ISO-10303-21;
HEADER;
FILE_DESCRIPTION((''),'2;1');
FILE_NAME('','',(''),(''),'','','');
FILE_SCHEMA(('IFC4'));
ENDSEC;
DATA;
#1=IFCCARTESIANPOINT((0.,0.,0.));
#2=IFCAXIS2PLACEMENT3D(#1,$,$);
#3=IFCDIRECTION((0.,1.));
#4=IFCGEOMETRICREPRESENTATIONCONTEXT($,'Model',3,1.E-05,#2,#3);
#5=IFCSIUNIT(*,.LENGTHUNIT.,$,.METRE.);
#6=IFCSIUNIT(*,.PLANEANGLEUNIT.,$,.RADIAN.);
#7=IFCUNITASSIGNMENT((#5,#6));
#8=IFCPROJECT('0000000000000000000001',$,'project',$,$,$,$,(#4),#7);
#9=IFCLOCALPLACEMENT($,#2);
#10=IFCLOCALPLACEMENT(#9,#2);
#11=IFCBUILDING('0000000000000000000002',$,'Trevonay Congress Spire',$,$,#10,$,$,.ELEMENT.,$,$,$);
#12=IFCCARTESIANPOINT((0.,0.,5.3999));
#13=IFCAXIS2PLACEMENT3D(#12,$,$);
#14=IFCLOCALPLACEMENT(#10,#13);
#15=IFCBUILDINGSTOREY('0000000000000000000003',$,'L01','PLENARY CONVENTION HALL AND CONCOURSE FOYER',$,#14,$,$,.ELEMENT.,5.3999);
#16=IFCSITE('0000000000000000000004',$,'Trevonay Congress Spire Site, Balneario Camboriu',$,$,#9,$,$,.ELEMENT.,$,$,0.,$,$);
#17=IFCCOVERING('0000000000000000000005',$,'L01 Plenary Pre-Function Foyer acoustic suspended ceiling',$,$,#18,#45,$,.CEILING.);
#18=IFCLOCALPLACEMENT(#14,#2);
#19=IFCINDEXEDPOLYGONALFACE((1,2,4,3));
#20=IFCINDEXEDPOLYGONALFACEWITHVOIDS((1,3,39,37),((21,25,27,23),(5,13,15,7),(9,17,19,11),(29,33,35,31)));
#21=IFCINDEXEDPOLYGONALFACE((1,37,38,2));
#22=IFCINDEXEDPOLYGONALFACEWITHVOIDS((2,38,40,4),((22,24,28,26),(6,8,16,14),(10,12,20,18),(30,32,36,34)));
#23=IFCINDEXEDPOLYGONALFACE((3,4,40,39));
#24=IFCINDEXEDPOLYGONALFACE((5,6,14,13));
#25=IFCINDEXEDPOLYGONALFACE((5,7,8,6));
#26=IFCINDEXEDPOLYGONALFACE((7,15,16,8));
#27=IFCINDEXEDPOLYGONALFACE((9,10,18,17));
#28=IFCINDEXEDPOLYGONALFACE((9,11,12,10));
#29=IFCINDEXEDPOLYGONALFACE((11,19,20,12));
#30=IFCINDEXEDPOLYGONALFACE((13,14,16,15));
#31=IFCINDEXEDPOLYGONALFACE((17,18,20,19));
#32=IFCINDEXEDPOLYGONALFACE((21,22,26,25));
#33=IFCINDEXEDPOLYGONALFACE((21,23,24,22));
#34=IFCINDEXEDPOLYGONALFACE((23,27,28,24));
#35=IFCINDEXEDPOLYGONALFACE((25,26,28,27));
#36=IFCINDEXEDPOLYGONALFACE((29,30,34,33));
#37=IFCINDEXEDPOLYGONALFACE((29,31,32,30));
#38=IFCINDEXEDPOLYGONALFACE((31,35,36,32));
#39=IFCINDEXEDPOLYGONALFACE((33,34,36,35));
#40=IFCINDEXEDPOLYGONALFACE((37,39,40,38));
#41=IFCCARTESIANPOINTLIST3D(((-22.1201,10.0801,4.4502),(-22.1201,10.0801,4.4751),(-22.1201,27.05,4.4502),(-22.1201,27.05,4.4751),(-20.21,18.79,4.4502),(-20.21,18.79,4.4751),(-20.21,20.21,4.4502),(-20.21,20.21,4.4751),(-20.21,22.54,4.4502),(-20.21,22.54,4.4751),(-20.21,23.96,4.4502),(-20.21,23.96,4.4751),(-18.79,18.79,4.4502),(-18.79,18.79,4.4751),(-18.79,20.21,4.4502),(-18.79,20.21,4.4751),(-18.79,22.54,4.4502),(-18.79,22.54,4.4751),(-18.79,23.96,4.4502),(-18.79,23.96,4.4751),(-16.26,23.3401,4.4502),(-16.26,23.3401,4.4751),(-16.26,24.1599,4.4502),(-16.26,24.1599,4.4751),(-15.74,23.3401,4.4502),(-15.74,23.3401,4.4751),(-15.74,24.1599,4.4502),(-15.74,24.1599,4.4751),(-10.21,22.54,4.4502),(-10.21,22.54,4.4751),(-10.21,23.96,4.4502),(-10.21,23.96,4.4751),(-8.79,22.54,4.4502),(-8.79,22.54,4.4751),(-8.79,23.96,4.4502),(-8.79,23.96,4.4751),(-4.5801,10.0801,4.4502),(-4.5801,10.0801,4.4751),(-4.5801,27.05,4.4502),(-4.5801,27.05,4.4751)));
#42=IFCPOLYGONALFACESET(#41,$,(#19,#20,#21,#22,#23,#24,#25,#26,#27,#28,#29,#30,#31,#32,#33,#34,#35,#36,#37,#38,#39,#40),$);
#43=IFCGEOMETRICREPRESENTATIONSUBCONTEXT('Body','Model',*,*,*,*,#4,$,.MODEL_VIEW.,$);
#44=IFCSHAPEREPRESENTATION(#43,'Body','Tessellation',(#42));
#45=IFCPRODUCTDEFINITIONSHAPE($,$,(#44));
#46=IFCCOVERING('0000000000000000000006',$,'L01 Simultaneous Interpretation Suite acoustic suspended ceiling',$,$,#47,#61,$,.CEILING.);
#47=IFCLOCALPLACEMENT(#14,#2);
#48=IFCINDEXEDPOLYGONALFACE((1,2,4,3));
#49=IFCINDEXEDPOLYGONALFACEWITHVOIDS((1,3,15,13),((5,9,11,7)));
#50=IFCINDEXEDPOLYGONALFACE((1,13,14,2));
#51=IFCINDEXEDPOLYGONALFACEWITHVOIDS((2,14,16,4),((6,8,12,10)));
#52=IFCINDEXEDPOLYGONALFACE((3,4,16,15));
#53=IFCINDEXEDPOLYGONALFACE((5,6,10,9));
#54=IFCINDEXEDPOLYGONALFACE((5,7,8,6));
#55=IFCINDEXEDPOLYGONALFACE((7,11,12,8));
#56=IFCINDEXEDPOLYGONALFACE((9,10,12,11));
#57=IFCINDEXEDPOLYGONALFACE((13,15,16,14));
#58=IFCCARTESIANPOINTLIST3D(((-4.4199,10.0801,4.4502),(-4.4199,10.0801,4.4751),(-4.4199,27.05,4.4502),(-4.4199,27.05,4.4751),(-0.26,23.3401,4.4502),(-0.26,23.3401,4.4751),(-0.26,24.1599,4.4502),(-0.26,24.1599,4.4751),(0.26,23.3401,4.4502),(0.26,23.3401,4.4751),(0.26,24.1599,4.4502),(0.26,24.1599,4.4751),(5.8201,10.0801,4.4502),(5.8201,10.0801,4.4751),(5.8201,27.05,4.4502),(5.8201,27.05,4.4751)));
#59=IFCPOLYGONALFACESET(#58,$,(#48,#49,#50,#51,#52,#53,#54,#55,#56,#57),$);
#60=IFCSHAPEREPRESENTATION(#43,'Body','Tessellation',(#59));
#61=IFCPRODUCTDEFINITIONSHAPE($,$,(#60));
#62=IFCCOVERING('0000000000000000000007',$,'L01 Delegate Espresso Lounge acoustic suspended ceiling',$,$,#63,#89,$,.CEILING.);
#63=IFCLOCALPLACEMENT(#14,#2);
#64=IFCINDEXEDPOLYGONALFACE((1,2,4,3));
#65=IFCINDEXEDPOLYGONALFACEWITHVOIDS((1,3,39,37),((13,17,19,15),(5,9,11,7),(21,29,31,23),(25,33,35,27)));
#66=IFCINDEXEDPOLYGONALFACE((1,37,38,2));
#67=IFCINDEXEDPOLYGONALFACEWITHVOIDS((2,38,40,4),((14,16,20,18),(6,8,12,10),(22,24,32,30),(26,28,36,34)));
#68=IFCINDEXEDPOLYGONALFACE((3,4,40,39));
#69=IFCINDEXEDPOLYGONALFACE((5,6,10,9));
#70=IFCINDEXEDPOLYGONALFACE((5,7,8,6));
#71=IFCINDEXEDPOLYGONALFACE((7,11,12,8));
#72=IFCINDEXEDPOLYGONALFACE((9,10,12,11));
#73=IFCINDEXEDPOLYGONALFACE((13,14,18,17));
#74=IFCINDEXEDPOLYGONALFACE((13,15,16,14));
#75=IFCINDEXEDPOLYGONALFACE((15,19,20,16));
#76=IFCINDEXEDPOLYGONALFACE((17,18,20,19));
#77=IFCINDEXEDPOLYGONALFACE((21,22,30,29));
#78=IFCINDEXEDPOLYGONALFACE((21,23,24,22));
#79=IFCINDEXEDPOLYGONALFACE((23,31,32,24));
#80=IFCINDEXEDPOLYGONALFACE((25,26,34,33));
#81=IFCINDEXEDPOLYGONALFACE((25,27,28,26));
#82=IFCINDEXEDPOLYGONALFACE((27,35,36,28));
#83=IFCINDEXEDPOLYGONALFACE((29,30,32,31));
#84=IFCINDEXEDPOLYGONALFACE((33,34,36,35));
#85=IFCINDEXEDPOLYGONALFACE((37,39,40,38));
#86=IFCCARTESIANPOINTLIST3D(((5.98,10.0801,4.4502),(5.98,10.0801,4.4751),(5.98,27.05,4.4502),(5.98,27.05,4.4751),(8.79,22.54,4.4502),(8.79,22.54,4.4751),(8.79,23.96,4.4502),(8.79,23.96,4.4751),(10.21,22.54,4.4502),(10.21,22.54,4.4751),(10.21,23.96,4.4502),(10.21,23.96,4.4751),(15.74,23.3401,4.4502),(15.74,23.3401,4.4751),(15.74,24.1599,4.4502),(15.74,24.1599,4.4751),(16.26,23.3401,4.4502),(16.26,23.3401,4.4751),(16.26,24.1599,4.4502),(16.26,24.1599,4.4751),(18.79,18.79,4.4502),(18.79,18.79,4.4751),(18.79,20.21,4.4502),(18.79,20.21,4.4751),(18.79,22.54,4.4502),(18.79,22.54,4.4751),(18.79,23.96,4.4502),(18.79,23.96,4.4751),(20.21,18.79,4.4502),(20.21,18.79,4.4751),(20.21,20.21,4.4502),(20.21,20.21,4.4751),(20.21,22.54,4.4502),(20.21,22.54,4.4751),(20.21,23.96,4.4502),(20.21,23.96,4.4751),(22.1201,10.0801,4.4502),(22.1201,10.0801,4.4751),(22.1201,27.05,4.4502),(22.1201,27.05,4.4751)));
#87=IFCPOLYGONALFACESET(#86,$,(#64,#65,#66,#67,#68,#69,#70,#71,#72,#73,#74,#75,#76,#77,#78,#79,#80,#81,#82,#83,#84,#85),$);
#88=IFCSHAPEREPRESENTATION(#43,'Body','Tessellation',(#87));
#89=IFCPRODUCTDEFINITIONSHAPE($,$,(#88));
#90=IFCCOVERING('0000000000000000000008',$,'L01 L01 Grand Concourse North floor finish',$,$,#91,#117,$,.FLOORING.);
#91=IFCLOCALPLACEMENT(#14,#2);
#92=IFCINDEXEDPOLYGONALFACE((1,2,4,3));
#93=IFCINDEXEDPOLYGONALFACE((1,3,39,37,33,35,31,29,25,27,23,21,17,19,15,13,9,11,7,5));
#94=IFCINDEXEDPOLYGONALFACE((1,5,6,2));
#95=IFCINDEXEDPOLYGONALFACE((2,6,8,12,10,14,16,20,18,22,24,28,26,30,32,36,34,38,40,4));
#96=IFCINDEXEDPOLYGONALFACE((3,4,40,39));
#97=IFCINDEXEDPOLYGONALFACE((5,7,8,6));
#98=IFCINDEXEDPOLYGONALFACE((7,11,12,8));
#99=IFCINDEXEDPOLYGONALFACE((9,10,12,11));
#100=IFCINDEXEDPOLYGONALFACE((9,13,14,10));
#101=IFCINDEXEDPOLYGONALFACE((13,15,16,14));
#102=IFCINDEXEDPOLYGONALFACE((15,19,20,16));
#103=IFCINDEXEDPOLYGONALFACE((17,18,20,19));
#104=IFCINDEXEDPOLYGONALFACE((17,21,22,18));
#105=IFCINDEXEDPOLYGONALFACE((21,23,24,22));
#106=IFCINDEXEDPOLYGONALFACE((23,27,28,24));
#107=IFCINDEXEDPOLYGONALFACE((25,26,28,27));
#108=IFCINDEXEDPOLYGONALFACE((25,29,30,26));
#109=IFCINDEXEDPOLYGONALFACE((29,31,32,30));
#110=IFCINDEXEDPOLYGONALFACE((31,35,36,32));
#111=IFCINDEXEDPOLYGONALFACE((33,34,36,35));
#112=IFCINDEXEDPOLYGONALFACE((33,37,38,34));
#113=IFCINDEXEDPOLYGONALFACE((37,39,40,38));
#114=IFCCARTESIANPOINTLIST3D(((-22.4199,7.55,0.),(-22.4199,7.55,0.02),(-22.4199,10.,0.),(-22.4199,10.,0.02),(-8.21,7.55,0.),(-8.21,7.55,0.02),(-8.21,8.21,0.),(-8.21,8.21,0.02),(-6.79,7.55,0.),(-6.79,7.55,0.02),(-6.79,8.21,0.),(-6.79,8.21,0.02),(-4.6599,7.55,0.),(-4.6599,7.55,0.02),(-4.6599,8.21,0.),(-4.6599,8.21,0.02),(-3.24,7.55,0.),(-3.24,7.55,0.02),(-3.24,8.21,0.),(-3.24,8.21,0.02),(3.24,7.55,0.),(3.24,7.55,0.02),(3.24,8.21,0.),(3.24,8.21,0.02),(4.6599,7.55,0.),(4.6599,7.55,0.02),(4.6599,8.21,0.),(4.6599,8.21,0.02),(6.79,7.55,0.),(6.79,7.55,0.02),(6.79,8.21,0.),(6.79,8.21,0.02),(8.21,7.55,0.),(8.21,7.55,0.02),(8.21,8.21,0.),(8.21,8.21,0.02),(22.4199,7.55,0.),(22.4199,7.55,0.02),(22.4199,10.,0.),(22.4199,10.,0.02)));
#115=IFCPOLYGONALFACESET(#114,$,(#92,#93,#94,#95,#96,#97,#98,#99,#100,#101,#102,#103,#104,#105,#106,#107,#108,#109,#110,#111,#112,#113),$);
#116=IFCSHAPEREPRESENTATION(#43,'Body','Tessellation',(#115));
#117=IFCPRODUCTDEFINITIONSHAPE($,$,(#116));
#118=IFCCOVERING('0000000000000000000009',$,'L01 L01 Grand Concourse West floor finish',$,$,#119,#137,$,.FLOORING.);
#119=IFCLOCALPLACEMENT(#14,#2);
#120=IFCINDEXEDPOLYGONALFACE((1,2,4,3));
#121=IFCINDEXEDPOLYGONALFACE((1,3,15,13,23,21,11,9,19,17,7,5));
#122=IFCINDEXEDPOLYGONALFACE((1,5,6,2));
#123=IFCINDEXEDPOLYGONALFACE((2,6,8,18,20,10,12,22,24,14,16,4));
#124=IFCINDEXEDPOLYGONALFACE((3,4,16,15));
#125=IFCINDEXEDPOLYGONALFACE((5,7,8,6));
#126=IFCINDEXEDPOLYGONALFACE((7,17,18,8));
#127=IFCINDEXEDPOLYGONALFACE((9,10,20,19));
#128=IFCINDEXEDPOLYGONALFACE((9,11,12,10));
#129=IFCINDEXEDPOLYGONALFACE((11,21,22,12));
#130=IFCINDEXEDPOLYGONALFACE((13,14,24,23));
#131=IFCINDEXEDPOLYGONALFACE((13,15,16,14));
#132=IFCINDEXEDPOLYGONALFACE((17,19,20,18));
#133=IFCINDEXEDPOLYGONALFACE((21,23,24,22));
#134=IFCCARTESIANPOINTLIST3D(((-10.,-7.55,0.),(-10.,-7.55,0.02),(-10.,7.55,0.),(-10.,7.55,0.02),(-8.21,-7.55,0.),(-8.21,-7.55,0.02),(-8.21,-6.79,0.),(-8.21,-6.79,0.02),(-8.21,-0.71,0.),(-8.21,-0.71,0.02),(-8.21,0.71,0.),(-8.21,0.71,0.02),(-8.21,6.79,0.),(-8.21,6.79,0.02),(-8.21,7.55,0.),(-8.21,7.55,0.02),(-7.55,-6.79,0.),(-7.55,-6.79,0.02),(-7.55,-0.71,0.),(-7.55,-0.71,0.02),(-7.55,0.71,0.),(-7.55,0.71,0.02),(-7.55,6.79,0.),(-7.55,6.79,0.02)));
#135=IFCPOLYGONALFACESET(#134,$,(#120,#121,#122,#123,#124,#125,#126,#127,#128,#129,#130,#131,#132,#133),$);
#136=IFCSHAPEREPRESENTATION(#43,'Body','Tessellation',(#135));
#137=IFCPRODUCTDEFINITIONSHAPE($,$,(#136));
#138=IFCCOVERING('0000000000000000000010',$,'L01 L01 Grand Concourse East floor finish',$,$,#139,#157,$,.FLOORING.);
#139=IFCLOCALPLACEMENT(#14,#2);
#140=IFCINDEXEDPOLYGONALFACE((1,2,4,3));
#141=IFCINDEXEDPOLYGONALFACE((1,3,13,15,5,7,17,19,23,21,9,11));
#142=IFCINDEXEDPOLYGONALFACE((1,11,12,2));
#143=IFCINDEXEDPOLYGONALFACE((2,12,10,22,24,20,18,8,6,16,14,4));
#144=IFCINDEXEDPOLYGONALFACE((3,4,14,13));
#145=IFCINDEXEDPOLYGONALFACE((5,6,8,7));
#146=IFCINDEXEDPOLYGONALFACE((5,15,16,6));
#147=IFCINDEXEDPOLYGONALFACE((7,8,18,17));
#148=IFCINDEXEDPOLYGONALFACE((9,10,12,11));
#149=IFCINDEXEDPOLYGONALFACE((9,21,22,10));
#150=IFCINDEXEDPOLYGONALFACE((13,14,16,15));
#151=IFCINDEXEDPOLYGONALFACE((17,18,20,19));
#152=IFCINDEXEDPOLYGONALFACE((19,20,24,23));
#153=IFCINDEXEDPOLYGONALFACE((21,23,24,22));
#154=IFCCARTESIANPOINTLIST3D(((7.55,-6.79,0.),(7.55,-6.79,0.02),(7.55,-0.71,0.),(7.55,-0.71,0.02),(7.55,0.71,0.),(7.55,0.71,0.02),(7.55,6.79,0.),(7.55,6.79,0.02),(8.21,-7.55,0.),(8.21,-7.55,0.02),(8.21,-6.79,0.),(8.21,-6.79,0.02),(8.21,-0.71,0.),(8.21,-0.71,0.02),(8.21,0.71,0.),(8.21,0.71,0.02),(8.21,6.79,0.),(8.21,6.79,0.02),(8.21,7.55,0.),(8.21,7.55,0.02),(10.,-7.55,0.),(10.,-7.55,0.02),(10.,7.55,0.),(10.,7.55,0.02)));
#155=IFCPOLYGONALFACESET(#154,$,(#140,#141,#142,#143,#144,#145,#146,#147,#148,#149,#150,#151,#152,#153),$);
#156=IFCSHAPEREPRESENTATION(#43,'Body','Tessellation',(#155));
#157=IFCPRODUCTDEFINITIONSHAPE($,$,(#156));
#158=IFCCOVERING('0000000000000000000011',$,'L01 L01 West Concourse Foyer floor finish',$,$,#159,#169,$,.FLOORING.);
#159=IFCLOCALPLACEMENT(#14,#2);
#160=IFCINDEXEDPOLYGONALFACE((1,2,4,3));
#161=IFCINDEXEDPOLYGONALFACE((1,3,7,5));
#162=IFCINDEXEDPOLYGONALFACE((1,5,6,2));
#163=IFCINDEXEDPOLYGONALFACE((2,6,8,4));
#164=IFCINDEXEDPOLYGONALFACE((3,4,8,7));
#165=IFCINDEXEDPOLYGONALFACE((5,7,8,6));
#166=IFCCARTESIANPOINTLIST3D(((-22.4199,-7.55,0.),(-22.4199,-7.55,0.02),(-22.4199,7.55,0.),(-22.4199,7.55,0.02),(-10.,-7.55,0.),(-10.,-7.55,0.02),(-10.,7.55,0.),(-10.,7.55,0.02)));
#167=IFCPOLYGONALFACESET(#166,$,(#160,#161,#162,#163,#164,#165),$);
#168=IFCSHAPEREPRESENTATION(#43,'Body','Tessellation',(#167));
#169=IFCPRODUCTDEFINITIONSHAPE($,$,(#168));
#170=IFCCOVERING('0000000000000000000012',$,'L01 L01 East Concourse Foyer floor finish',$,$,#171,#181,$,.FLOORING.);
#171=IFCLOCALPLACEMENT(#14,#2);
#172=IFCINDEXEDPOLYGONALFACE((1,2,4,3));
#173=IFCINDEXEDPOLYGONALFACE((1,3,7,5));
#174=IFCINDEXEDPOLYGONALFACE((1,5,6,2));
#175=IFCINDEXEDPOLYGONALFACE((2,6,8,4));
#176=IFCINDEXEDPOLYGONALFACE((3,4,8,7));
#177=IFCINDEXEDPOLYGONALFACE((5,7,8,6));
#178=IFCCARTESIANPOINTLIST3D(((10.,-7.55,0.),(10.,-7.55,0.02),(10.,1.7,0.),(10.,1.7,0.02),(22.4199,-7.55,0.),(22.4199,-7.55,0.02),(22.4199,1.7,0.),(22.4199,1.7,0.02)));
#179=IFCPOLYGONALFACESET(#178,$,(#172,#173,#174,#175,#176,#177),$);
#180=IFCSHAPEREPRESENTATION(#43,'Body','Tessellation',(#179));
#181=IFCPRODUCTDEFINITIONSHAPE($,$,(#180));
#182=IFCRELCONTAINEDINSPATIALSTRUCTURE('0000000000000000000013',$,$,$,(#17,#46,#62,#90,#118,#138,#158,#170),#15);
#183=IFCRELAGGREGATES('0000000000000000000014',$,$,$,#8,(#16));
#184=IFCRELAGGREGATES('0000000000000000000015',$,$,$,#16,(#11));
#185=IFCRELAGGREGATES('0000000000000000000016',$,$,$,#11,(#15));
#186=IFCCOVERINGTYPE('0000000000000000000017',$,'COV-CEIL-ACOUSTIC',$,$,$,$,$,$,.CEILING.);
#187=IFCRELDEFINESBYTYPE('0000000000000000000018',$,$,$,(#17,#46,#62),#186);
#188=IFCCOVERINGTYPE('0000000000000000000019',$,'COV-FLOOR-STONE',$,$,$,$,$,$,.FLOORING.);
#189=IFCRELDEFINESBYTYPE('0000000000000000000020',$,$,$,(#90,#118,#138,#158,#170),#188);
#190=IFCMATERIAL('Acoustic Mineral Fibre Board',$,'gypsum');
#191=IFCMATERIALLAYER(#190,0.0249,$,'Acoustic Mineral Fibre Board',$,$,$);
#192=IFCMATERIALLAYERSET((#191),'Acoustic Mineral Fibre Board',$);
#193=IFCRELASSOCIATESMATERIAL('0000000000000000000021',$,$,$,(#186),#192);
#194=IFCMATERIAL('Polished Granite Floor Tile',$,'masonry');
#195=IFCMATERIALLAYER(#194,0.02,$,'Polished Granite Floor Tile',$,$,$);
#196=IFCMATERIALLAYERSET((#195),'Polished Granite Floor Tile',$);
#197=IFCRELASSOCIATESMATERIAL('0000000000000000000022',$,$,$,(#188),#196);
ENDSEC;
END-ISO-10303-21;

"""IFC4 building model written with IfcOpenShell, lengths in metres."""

from ifc_helpers import new_model, si_unit, direction, frame, origin, place, context, subcontext, project, spatial, polyline, outline, extrude, material, layer, layer_set, type_object, element, save


model = new_model("IFC4")

# Units and contexts
model_context = context("Model", 3, precision=1e-05, world=origin(), true_north=direction((0.0, 1.0)))
body_context = subcontext(model_context, "Body", "Model", "MODEL_VIEW")
ifc_project = project(units=[si_unit("LENGTHUNIT", "METRE"), si_unit("PLANEANGLEUNIT", "RADIAN")], contexts=[model_context])

# Site, building, storey
site_placement = place(None, origin())
site = spatial("IfcSite", under=ifc_project, at=site_placement, Name="Trevonay Congress Spire Site, Balneario Camboriu", CompositionType="ELEMENT", RefElevation=0.0)
building_placement = place(site_placement, origin())
building = spatial("IfcBuilding", under=site, at=building_placement, Name="Trevonay Congress Spire", CompositionType="ELEMENT")
storey_placement = place(building_placement, frame((0.0, 0.0, 5.3999)))
storey = spatial("IfcBuildingStorey", under=building, at=storey_placement, Name="L01", Description="PLENARY CONVENTION HALL AND CONCOURSE FOYER", CompositionType="ELEMENT", Elevation=5.3999)

# Coverings
ifc_material_1 = material(Name="Acoustic Mineral Fibre Board", Category="gypsum")
ifc_layer_1 = layer(ifc_material_1, 0.0249, Name="Acoustic Mineral Fibre Board")
ifc_layer_set_1 = layer_set([ifc_layer_1], Name="Acoustic Mineral Fibre Board")
covering_type_1 = type_object("IfcCoveringType", Name="COV-CEIL-ACOUSTIC", PredefinedType="CEILING", material=ifc_layer_set_1)
covering_1_placement = place(storey_placement, frame((0.0, 0.0, 4.4502)))
element("IfcCovering", 1, at=covering_1_placement, inside=storey, type_object=covering_type_1, Name="L01 Plenary Pre-Function Foyer acoustic suspended ceiling", PredefinedType="CEILING", context=body_context, shape_type="SweptSolid", body=[
    extrude(outline(polyline([(-22.1201, 27.05), (-4.5801, 27.05), (-4.5801, 10.0801), (-22.1201, 10.0801), (-22.1201, 27.05)]), holes=[polyline([(-20.21, 20.21), (-20.21, 18.79), (-18.79, 18.79), (-18.79, 20.21), (-20.21, 20.21)]), polyline([(-20.21, 23.96), (-20.21, 22.54), (-18.79, 22.54), (-18.79, 23.96), (-20.21, 23.96)]), polyline([(-10.21, 23.96), (-10.21, 22.54), (-8.79, 22.54), (-8.79, 23.96), (-10.21, 23.96)]), polyline([(-16.26, 24.1599), (-16.26, 23.3401), (-15.74, 23.3401), (-15.74, 24.1599), (-16.26, 24.1599)])]), origin(), (0.0, 0.0, 1.0), 0.0249),
])
covering_2_placement = place(storey_placement, frame((0.0, 0.0, 4.4502)))
element("IfcCovering", 2, at=covering_2_placement, inside=storey, type_object=covering_type_1, Name="L01 Simultaneous Interpretation Suite acoustic suspended ceiling", PredefinedType="CEILING", context=body_context, shape_type="SweptSolid", body=[
    extrude(outline(polyline([(-4.4199, 27.05), (5.8201, 27.05), (5.8201, 10.0801), (-4.4199, 10.0801), (-4.4199, 27.05)]), holes=[polyline([(0.26, 23.3401), (0.26, 24.1599), (-0.26, 24.1599), (-0.26, 23.3401), (0.26, 23.3401)])]), origin(), (0.0, 0.0, 1.0), 0.0249),
])
covering_3_placement = place(storey_placement, frame((0.0, 0.0, 4.4502)))
element("IfcCovering", 3, at=covering_3_placement, inside=storey, type_object=covering_type_1, Name="L01 Delegate Espresso Lounge acoustic suspended ceiling", PredefinedType="CEILING", context=body_context, shape_type="SweptSolid", body=[
    extrude(outline(polyline([(5.98, 27.05), (22.1201, 27.05), (22.1201, 10.0801), (5.98, 10.0801), (5.98, 27.05)]), holes=[polyline([(18.79, 20.21), (18.79, 18.79), (20.21, 18.79), (20.21, 20.21), (18.79, 20.21)]), polyline([(8.79, 23.96), (8.79, 22.54), (10.21, 22.54), (10.21, 23.96), (8.79, 23.96)]), polyline([(18.79, 23.96), (18.79, 22.54), (20.21, 22.54), (20.21, 23.96), (18.79, 23.96)]), polyline([(15.74, 24.1599), (15.74, 23.3401), (16.26, 23.3401), (16.26, 24.1599), (15.74, 24.1599)])]), origin(), (0.0, 0.0, 1.0), 0.0249),
])
ifc_material_2 = material(Name="Polished Granite Floor Tile", Category="masonry")
ifc_layer_2 = layer(ifc_material_2, 0.02, Name="Polished Granite Floor Tile")
ifc_layer_set_2 = layer_set([ifc_layer_2], Name="Polished Granite Floor Tile")
covering_type_2 = type_object("IfcCoveringType", Name="COV-FLOOR-STONE", PredefinedType="FLOORING", material=ifc_layer_set_2)
covering_4_placement = place(storey_placement, origin())
element("IfcCovering", 4, at=covering_4_placement, inside=storey, type_object=covering_type_2, Name="L01 L01 Grand Concourse North floor finish", PredefinedType="FLOORING", context=body_context, shape_type="SweptSolid", body=[
    extrude(outline(polyline([(-22.4199, 7.55), (-22.4199, 10.0), (22.4199, 10.0), (22.4199, 7.55), (8.21, 7.55), (8.21, 8.21), (6.79, 8.21), (6.79, 7.55), (4.6599, 7.55), (4.6599, 8.21), (3.24, 8.21), (3.24, 7.55), (-3.24, 7.55), (-3.24, 8.21), (-4.6599, 8.21), (-4.6599, 7.55), (-6.79, 7.55), (-6.79, 8.21), (-8.21, 8.21), (-8.21, 7.55), (-22.4199, 7.55)])), origin(), (0.0, 0.0, 1.0), 0.02),
])
covering_5_placement = place(storey_placement, origin())
element("IfcCovering", 5, at=covering_5_placement, inside=storey, type_object=covering_type_2, Name="L01 L01 Grand Concourse West floor finish", PredefinedType="FLOORING", context=body_context, shape_type="SweptSolid", body=[
    extrude(outline(polyline([(-10.0, 7.55), (-8.21, 7.55), (-8.21, 6.79), (-7.55, 6.79), (-7.55, 0.71), (-8.21, 0.71), (-8.21, -0.71), (-7.55, -0.71), (-7.55, -6.79), (-8.21, -6.79), (-8.21, -7.55), (-10.0, -7.55), (-10.0, 7.55)])), origin(), (0.0, 0.0, 1.0), 0.02),
])
covering_6_placement = place(storey_placement, origin())
element("IfcCovering", 6, at=covering_6_placement, inside=storey, type_object=covering_type_2, Name="L01 L01 Grand Concourse East floor finish", PredefinedType="FLOORING", context=body_context, shape_type="SweptSolid", body=[
    extrude(outline(polyline([(10.0, -7.55), (8.21, -7.55), (8.21, -6.79), (7.55, -6.79), (7.55, -0.71), (8.21, -0.71), (8.21, 0.71), (7.55, 0.71), (7.55, 6.79), (8.21, 6.79), (8.21, 7.55), (10.0, 7.55), (10.0, -7.55)])), origin(), (0.0, 0.0, 1.0), 0.02),
])
covering_7_placement = place(storey_placement, origin())
element("IfcCovering", 7, at=covering_7_placement, inside=storey, type_object=covering_type_2, Name="L01 L01 West Concourse Foyer floor finish", PredefinedType="FLOORING", context=body_context, shape_type="SweptSolid", body=[
    extrude(outline(polyline([(-22.4199, -7.55), (-22.4199, 7.55), (-10.0, 7.55), (-10.0, -7.55), (-22.4199, -7.55)])), origin(), (0.0, 0.0, 1.0), 0.02),
])
covering_8_placement = place(storey_placement, origin())
element("IfcCovering", 8, at=covering_8_placement, inside=storey, type_object=covering_type_2, Name="L01 L01 East Concourse Foyer floor finish", PredefinedType="FLOORING", context=body_context, shape_type="SweptSolid", body=[
    extrude(outline(polyline([(10.0, -7.55), (10.0, 1.7), (22.4199, 1.7), (22.4199, -7.55), (10.0, -7.55)])), origin(), (0.0, 0.0, 1.0), 0.02),
])

save(model, "model.ifc")
